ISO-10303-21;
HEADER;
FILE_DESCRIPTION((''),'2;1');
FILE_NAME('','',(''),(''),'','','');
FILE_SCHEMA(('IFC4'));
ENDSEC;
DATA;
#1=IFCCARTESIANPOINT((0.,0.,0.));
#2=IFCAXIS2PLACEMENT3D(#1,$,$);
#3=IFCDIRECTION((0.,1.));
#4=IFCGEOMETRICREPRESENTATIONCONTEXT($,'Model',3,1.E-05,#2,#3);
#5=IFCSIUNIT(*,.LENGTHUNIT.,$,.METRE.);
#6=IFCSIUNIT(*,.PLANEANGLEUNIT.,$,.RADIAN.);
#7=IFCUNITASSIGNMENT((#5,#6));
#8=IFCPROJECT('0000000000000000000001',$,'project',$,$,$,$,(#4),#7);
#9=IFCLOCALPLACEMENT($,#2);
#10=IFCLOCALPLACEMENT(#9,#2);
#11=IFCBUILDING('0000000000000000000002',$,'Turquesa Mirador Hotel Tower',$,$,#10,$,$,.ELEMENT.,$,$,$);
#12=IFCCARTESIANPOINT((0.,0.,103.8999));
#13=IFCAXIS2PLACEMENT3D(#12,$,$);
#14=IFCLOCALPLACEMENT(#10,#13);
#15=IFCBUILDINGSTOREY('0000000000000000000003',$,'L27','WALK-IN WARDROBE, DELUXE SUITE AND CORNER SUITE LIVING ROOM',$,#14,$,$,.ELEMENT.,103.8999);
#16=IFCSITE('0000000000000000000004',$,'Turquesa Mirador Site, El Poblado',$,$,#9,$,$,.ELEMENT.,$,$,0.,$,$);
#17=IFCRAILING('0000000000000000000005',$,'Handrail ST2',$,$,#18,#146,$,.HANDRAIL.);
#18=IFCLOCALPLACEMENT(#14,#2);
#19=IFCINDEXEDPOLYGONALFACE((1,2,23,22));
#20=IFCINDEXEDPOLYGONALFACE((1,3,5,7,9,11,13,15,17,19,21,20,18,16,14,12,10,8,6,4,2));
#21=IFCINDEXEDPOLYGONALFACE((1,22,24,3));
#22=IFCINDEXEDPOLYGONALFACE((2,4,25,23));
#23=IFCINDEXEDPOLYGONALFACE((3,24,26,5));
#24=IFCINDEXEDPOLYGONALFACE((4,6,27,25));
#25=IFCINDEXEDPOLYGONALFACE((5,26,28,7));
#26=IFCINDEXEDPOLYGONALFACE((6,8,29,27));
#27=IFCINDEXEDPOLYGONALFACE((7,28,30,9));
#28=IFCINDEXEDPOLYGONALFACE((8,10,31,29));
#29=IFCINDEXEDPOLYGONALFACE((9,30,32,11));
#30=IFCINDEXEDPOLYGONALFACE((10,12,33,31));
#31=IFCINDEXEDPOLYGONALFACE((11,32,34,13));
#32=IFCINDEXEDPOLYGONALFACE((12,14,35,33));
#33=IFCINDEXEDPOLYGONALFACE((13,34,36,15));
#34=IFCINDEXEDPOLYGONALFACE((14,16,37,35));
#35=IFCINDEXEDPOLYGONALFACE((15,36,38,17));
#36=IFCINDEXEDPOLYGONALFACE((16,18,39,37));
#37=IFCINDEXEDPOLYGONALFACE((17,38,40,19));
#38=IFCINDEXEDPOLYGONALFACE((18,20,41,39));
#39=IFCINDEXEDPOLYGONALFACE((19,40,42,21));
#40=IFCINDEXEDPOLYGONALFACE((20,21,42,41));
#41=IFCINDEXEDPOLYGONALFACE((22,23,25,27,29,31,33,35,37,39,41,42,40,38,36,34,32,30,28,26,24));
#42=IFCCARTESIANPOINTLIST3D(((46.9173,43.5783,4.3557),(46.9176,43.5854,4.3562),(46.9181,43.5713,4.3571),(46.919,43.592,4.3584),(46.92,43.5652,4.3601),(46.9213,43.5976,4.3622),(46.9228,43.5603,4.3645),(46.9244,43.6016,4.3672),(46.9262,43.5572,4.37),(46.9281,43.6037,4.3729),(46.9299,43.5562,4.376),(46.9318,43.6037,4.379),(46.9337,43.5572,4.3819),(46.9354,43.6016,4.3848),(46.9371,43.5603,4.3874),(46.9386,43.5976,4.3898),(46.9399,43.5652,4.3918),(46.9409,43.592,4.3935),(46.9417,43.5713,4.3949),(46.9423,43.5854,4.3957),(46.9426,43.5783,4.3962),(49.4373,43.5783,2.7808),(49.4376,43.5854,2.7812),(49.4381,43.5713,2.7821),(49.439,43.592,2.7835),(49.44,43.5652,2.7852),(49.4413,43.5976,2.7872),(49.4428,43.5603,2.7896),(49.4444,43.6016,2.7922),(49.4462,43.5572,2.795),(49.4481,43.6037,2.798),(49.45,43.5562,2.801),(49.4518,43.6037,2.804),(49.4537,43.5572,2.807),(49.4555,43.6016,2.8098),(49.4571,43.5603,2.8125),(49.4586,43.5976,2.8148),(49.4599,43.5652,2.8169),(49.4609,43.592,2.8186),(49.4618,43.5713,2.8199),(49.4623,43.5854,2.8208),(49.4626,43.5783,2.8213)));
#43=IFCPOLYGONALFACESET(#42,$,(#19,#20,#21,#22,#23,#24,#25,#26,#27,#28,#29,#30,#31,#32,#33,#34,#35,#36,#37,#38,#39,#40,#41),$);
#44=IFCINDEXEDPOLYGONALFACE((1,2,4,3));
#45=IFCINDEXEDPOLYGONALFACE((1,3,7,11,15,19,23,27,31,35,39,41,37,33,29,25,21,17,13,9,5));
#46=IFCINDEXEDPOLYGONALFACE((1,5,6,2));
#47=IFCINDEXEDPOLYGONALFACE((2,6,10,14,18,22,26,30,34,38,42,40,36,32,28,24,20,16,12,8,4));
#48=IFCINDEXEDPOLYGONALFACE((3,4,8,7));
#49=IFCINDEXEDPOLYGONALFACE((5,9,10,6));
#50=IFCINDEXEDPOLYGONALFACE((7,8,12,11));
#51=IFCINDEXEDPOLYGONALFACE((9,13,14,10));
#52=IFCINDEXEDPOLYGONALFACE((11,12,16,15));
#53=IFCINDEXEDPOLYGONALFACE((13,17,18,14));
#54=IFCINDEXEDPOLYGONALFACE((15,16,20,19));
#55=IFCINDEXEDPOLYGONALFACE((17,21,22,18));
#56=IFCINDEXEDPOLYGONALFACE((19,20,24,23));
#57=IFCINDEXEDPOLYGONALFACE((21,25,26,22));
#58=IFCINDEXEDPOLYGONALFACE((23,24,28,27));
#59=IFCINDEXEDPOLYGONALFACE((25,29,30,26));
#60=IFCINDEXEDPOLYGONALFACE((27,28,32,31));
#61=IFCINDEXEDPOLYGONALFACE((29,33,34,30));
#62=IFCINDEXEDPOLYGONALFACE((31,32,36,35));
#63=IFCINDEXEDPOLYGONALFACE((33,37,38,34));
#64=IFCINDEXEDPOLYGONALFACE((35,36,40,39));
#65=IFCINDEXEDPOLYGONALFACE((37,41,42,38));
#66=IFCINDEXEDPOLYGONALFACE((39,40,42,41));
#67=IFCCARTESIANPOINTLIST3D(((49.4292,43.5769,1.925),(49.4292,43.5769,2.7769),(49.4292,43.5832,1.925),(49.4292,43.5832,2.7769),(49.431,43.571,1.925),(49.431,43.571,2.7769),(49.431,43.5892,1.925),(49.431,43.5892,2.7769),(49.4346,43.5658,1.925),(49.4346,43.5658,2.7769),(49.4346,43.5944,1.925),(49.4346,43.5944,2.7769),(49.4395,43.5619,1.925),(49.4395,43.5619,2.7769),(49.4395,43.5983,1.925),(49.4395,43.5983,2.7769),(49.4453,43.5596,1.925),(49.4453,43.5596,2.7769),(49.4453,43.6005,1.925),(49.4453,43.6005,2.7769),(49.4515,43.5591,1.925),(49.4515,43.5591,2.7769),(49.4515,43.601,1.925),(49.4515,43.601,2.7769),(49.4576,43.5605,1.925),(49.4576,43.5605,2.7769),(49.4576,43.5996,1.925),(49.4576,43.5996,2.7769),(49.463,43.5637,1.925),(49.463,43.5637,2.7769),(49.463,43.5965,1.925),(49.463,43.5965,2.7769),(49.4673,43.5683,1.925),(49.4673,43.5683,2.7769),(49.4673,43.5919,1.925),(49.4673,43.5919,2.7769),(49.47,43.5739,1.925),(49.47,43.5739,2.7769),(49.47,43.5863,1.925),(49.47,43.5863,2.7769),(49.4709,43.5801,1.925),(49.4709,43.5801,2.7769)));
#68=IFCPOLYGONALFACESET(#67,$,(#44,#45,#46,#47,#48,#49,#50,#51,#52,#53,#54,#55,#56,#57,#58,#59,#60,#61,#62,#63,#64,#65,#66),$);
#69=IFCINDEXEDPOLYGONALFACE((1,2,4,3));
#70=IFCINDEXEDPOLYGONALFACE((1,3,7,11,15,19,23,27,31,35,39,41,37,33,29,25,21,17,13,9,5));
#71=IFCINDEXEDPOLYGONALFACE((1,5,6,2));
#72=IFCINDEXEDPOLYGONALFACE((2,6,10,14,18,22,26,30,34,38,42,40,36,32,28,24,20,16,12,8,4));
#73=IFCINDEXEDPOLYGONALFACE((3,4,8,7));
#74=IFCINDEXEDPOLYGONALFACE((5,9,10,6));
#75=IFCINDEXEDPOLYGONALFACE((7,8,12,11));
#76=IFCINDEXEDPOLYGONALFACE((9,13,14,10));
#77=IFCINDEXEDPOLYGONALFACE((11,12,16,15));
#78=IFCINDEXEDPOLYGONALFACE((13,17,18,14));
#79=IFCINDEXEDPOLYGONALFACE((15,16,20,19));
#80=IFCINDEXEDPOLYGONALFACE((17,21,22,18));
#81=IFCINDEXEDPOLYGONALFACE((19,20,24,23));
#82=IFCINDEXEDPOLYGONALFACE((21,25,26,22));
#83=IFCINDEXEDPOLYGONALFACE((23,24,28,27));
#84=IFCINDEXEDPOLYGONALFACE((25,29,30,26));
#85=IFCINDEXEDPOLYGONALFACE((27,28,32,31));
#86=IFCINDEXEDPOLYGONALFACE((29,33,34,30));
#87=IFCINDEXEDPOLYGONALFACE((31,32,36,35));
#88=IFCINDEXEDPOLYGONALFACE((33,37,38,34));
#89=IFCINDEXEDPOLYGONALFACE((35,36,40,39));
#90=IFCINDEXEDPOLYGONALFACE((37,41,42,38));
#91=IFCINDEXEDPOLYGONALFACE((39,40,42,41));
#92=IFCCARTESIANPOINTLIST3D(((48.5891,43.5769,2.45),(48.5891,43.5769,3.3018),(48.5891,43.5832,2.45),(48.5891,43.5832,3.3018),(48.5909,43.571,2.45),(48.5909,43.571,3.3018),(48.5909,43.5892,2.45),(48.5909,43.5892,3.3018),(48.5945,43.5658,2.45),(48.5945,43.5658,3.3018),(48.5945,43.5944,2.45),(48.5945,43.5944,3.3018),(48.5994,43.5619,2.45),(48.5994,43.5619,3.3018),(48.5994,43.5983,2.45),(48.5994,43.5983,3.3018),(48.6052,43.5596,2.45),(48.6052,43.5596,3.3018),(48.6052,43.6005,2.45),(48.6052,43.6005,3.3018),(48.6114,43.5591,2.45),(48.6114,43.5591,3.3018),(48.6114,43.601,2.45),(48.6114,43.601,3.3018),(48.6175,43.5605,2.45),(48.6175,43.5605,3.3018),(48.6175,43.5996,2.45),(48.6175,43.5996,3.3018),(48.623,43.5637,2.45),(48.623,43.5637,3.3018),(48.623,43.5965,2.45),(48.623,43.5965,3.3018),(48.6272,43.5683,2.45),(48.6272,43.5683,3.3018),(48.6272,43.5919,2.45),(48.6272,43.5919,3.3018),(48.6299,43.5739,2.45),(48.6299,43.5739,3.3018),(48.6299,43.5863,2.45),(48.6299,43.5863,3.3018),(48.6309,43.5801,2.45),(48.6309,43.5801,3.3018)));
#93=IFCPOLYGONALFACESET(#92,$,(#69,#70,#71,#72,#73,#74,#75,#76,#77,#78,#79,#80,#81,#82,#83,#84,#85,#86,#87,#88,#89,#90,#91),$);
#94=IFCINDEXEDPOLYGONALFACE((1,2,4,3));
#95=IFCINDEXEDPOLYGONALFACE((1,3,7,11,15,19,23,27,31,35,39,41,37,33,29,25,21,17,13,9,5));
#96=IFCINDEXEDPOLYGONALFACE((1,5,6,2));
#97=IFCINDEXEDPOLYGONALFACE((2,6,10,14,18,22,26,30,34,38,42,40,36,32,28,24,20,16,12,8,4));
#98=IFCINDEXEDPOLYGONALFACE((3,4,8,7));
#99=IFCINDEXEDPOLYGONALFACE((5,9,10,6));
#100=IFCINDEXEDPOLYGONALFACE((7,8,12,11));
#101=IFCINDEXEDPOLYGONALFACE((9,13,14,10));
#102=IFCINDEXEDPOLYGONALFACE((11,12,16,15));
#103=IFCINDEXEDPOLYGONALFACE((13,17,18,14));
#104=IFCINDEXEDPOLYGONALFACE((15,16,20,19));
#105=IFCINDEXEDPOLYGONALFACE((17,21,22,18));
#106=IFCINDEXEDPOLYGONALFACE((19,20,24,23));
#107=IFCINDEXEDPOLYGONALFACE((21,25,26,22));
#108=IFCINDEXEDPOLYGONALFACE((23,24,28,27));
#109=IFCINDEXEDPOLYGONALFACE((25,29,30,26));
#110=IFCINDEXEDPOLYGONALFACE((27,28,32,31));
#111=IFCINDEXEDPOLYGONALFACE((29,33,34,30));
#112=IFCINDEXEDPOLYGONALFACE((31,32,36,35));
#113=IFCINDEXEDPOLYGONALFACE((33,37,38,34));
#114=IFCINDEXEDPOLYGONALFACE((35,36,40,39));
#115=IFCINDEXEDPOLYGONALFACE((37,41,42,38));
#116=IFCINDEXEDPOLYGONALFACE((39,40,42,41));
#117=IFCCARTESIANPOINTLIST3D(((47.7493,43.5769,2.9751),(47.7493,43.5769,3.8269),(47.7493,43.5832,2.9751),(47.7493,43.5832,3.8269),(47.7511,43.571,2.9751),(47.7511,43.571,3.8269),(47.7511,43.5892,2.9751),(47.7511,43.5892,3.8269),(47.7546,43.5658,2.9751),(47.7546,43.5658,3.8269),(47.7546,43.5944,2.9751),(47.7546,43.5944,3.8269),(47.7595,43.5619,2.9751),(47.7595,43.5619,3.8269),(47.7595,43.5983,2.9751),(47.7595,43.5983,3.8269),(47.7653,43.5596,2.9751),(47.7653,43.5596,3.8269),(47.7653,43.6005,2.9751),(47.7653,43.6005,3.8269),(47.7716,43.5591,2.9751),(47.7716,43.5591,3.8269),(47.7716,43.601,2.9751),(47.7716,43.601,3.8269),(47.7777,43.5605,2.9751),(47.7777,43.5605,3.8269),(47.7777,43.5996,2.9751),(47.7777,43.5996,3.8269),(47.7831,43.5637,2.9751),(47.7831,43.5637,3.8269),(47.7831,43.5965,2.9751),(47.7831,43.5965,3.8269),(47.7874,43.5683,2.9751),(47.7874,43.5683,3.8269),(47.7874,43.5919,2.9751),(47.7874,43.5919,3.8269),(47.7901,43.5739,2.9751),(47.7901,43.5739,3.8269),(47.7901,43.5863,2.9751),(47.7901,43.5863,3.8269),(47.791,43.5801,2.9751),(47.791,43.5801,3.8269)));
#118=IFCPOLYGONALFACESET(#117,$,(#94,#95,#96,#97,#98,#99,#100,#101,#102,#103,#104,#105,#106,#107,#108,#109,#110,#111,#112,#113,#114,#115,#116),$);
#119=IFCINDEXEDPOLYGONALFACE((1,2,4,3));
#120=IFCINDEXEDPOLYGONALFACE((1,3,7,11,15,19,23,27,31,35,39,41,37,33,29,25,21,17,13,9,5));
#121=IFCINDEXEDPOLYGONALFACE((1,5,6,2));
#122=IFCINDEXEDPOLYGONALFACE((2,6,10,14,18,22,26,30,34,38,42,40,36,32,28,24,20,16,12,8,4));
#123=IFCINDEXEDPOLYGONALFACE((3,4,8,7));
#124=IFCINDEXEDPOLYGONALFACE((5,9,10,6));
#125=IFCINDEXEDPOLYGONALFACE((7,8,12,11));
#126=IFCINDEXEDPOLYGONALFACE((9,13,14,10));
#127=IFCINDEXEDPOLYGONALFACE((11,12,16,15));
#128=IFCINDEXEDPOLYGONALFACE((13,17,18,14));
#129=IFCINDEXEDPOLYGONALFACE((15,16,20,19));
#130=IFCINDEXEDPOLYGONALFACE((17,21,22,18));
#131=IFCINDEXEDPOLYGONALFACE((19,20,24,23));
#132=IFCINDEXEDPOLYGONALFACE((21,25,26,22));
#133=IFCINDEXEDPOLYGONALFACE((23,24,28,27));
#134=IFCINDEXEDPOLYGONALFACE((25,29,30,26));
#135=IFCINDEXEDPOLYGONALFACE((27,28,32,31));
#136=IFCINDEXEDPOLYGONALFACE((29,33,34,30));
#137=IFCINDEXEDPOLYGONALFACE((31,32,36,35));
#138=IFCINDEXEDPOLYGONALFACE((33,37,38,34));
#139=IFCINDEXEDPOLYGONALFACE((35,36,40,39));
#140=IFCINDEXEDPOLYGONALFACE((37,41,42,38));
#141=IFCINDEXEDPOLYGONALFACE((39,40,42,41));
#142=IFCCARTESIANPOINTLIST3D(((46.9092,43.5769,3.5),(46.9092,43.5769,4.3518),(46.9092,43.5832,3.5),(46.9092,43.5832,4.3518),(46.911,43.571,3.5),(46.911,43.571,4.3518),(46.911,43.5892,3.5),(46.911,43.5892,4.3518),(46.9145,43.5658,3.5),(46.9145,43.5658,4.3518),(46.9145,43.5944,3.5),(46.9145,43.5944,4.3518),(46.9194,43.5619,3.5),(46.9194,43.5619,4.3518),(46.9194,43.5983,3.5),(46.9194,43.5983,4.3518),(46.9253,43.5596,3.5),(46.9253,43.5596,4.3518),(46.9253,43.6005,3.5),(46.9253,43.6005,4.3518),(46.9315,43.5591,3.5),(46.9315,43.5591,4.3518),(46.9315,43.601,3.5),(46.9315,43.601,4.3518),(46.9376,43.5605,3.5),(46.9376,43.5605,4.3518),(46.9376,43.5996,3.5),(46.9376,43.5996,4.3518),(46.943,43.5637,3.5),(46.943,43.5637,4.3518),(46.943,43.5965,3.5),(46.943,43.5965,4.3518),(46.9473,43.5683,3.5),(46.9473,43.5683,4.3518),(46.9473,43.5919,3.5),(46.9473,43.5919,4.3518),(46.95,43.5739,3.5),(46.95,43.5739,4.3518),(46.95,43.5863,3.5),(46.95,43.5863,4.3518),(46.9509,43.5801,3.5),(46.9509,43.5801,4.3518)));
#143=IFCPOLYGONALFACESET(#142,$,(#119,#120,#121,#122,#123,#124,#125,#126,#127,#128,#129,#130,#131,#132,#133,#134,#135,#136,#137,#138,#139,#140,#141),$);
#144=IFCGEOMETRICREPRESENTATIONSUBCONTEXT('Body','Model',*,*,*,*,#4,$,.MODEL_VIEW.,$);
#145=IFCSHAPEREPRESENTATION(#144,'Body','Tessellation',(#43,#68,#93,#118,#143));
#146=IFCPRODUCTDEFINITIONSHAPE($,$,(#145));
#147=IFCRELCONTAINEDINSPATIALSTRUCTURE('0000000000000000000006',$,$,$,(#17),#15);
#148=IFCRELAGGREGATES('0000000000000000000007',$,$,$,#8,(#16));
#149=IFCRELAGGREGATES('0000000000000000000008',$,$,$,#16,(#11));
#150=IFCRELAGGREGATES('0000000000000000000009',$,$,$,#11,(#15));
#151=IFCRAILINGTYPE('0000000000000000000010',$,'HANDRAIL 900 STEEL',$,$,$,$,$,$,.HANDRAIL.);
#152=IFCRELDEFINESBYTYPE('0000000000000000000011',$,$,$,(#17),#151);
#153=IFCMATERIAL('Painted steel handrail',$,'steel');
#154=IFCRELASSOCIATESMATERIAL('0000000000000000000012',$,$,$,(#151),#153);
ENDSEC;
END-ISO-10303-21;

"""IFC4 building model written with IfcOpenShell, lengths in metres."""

from ifc_helpers import new_model, si_unit, direction, frame, origin, origin_2d, place, context, subcontext, project, spatial, circle, extrude, material, type_object, element, save


model = new_model("IFC4")

# Units and contexts
model_context = context("Model", 3, precision=1e-05, world=origin(), true_north=direction((0.0, 1.0)))
body_context = subcontext(model_context, "Body", "Model", "MODEL_VIEW")
ifc_project = project(units=[si_unit("LENGTHUNIT", "METRE"), si_unit("PLANEANGLEUNIT", "RADIAN")], contexts=[model_context])

# Site, building, storey
site_placement = place(None, origin())
site = spatial("IfcSite", under=ifc_project, at=site_placement, Name="Turquesa Mirador Site, El Poblado", CompositionType="ELEMENT", RefElevation=0.0)
building_placement = place(site_placement, origin())
building = spatial("IfcBuilding", under=site, at=building_placement, Name="Turquesa Mirador Hotel Tower", CompositionType="ELEMENT")
storey_placement = place(building_placement, frame((0.0, 0.0, 103.8999)))
storey = spatial("IfcBuildingStorey", under=building, at=storey_placement, Name="L27", Description="WALK-IN WARDROBE, DELUXE SUITE AND CORNER SUITE LIVING ROOM", CompositionType="ELEMENT", Elevation=103.8999)

# Railing
ifc_material_1 = material(Name="Painted steel handrail", Category="steel")
railing_type = type_object("IfcRailingType", Name="HANDRAIL 900 STEEL", PredefinedType="HANDRAIL", material=ifc_material_1)
railing_1_placement = place(storey_placement, frame((49.45, 43.5801, 1.925)))
element("IfcRailing", 1, at=railing_1_placement, inside=storey, type_object=railing_type, Name="Handrail ST2", PredefinedType="HANDRAIL", context=body_context, shape_type="SweptSolid", body=[
    extrude(circle(Radius=0.0239, at=origin_2d()), frame((0.0, 0.0, 0.876), z_axis=(-0.848008, 0.0, 0.529984), x_axis=(0.0, -1.0, 0.0)), (0.0, 0.0, 1.0), 2.9717),
    extrude(circle(Radius=0.021, at=origin_2d()), origin(), (0.0, 0.0, 1.0), 0.8518),
    extrude(circle(Radius=0.021, at=origin_2d()), frame((-0.8401, 0.0, 0.5249)), (0.0, 0.0, 1.0), 0.8518),
    extrude(circle(Radius=0.021, at=origin_2d()), frame((-1.6799, 0.0, 1.05)), (0.0, 0.0, 1.0), 0.8518),
    extrude(circle(Radius=0.021, at=origin_2d()), frame((-2.52, 0.0, 1.575)), (0.0, 0.0, 1.0), 0.8518),
])

save(model, "model.ifc")
